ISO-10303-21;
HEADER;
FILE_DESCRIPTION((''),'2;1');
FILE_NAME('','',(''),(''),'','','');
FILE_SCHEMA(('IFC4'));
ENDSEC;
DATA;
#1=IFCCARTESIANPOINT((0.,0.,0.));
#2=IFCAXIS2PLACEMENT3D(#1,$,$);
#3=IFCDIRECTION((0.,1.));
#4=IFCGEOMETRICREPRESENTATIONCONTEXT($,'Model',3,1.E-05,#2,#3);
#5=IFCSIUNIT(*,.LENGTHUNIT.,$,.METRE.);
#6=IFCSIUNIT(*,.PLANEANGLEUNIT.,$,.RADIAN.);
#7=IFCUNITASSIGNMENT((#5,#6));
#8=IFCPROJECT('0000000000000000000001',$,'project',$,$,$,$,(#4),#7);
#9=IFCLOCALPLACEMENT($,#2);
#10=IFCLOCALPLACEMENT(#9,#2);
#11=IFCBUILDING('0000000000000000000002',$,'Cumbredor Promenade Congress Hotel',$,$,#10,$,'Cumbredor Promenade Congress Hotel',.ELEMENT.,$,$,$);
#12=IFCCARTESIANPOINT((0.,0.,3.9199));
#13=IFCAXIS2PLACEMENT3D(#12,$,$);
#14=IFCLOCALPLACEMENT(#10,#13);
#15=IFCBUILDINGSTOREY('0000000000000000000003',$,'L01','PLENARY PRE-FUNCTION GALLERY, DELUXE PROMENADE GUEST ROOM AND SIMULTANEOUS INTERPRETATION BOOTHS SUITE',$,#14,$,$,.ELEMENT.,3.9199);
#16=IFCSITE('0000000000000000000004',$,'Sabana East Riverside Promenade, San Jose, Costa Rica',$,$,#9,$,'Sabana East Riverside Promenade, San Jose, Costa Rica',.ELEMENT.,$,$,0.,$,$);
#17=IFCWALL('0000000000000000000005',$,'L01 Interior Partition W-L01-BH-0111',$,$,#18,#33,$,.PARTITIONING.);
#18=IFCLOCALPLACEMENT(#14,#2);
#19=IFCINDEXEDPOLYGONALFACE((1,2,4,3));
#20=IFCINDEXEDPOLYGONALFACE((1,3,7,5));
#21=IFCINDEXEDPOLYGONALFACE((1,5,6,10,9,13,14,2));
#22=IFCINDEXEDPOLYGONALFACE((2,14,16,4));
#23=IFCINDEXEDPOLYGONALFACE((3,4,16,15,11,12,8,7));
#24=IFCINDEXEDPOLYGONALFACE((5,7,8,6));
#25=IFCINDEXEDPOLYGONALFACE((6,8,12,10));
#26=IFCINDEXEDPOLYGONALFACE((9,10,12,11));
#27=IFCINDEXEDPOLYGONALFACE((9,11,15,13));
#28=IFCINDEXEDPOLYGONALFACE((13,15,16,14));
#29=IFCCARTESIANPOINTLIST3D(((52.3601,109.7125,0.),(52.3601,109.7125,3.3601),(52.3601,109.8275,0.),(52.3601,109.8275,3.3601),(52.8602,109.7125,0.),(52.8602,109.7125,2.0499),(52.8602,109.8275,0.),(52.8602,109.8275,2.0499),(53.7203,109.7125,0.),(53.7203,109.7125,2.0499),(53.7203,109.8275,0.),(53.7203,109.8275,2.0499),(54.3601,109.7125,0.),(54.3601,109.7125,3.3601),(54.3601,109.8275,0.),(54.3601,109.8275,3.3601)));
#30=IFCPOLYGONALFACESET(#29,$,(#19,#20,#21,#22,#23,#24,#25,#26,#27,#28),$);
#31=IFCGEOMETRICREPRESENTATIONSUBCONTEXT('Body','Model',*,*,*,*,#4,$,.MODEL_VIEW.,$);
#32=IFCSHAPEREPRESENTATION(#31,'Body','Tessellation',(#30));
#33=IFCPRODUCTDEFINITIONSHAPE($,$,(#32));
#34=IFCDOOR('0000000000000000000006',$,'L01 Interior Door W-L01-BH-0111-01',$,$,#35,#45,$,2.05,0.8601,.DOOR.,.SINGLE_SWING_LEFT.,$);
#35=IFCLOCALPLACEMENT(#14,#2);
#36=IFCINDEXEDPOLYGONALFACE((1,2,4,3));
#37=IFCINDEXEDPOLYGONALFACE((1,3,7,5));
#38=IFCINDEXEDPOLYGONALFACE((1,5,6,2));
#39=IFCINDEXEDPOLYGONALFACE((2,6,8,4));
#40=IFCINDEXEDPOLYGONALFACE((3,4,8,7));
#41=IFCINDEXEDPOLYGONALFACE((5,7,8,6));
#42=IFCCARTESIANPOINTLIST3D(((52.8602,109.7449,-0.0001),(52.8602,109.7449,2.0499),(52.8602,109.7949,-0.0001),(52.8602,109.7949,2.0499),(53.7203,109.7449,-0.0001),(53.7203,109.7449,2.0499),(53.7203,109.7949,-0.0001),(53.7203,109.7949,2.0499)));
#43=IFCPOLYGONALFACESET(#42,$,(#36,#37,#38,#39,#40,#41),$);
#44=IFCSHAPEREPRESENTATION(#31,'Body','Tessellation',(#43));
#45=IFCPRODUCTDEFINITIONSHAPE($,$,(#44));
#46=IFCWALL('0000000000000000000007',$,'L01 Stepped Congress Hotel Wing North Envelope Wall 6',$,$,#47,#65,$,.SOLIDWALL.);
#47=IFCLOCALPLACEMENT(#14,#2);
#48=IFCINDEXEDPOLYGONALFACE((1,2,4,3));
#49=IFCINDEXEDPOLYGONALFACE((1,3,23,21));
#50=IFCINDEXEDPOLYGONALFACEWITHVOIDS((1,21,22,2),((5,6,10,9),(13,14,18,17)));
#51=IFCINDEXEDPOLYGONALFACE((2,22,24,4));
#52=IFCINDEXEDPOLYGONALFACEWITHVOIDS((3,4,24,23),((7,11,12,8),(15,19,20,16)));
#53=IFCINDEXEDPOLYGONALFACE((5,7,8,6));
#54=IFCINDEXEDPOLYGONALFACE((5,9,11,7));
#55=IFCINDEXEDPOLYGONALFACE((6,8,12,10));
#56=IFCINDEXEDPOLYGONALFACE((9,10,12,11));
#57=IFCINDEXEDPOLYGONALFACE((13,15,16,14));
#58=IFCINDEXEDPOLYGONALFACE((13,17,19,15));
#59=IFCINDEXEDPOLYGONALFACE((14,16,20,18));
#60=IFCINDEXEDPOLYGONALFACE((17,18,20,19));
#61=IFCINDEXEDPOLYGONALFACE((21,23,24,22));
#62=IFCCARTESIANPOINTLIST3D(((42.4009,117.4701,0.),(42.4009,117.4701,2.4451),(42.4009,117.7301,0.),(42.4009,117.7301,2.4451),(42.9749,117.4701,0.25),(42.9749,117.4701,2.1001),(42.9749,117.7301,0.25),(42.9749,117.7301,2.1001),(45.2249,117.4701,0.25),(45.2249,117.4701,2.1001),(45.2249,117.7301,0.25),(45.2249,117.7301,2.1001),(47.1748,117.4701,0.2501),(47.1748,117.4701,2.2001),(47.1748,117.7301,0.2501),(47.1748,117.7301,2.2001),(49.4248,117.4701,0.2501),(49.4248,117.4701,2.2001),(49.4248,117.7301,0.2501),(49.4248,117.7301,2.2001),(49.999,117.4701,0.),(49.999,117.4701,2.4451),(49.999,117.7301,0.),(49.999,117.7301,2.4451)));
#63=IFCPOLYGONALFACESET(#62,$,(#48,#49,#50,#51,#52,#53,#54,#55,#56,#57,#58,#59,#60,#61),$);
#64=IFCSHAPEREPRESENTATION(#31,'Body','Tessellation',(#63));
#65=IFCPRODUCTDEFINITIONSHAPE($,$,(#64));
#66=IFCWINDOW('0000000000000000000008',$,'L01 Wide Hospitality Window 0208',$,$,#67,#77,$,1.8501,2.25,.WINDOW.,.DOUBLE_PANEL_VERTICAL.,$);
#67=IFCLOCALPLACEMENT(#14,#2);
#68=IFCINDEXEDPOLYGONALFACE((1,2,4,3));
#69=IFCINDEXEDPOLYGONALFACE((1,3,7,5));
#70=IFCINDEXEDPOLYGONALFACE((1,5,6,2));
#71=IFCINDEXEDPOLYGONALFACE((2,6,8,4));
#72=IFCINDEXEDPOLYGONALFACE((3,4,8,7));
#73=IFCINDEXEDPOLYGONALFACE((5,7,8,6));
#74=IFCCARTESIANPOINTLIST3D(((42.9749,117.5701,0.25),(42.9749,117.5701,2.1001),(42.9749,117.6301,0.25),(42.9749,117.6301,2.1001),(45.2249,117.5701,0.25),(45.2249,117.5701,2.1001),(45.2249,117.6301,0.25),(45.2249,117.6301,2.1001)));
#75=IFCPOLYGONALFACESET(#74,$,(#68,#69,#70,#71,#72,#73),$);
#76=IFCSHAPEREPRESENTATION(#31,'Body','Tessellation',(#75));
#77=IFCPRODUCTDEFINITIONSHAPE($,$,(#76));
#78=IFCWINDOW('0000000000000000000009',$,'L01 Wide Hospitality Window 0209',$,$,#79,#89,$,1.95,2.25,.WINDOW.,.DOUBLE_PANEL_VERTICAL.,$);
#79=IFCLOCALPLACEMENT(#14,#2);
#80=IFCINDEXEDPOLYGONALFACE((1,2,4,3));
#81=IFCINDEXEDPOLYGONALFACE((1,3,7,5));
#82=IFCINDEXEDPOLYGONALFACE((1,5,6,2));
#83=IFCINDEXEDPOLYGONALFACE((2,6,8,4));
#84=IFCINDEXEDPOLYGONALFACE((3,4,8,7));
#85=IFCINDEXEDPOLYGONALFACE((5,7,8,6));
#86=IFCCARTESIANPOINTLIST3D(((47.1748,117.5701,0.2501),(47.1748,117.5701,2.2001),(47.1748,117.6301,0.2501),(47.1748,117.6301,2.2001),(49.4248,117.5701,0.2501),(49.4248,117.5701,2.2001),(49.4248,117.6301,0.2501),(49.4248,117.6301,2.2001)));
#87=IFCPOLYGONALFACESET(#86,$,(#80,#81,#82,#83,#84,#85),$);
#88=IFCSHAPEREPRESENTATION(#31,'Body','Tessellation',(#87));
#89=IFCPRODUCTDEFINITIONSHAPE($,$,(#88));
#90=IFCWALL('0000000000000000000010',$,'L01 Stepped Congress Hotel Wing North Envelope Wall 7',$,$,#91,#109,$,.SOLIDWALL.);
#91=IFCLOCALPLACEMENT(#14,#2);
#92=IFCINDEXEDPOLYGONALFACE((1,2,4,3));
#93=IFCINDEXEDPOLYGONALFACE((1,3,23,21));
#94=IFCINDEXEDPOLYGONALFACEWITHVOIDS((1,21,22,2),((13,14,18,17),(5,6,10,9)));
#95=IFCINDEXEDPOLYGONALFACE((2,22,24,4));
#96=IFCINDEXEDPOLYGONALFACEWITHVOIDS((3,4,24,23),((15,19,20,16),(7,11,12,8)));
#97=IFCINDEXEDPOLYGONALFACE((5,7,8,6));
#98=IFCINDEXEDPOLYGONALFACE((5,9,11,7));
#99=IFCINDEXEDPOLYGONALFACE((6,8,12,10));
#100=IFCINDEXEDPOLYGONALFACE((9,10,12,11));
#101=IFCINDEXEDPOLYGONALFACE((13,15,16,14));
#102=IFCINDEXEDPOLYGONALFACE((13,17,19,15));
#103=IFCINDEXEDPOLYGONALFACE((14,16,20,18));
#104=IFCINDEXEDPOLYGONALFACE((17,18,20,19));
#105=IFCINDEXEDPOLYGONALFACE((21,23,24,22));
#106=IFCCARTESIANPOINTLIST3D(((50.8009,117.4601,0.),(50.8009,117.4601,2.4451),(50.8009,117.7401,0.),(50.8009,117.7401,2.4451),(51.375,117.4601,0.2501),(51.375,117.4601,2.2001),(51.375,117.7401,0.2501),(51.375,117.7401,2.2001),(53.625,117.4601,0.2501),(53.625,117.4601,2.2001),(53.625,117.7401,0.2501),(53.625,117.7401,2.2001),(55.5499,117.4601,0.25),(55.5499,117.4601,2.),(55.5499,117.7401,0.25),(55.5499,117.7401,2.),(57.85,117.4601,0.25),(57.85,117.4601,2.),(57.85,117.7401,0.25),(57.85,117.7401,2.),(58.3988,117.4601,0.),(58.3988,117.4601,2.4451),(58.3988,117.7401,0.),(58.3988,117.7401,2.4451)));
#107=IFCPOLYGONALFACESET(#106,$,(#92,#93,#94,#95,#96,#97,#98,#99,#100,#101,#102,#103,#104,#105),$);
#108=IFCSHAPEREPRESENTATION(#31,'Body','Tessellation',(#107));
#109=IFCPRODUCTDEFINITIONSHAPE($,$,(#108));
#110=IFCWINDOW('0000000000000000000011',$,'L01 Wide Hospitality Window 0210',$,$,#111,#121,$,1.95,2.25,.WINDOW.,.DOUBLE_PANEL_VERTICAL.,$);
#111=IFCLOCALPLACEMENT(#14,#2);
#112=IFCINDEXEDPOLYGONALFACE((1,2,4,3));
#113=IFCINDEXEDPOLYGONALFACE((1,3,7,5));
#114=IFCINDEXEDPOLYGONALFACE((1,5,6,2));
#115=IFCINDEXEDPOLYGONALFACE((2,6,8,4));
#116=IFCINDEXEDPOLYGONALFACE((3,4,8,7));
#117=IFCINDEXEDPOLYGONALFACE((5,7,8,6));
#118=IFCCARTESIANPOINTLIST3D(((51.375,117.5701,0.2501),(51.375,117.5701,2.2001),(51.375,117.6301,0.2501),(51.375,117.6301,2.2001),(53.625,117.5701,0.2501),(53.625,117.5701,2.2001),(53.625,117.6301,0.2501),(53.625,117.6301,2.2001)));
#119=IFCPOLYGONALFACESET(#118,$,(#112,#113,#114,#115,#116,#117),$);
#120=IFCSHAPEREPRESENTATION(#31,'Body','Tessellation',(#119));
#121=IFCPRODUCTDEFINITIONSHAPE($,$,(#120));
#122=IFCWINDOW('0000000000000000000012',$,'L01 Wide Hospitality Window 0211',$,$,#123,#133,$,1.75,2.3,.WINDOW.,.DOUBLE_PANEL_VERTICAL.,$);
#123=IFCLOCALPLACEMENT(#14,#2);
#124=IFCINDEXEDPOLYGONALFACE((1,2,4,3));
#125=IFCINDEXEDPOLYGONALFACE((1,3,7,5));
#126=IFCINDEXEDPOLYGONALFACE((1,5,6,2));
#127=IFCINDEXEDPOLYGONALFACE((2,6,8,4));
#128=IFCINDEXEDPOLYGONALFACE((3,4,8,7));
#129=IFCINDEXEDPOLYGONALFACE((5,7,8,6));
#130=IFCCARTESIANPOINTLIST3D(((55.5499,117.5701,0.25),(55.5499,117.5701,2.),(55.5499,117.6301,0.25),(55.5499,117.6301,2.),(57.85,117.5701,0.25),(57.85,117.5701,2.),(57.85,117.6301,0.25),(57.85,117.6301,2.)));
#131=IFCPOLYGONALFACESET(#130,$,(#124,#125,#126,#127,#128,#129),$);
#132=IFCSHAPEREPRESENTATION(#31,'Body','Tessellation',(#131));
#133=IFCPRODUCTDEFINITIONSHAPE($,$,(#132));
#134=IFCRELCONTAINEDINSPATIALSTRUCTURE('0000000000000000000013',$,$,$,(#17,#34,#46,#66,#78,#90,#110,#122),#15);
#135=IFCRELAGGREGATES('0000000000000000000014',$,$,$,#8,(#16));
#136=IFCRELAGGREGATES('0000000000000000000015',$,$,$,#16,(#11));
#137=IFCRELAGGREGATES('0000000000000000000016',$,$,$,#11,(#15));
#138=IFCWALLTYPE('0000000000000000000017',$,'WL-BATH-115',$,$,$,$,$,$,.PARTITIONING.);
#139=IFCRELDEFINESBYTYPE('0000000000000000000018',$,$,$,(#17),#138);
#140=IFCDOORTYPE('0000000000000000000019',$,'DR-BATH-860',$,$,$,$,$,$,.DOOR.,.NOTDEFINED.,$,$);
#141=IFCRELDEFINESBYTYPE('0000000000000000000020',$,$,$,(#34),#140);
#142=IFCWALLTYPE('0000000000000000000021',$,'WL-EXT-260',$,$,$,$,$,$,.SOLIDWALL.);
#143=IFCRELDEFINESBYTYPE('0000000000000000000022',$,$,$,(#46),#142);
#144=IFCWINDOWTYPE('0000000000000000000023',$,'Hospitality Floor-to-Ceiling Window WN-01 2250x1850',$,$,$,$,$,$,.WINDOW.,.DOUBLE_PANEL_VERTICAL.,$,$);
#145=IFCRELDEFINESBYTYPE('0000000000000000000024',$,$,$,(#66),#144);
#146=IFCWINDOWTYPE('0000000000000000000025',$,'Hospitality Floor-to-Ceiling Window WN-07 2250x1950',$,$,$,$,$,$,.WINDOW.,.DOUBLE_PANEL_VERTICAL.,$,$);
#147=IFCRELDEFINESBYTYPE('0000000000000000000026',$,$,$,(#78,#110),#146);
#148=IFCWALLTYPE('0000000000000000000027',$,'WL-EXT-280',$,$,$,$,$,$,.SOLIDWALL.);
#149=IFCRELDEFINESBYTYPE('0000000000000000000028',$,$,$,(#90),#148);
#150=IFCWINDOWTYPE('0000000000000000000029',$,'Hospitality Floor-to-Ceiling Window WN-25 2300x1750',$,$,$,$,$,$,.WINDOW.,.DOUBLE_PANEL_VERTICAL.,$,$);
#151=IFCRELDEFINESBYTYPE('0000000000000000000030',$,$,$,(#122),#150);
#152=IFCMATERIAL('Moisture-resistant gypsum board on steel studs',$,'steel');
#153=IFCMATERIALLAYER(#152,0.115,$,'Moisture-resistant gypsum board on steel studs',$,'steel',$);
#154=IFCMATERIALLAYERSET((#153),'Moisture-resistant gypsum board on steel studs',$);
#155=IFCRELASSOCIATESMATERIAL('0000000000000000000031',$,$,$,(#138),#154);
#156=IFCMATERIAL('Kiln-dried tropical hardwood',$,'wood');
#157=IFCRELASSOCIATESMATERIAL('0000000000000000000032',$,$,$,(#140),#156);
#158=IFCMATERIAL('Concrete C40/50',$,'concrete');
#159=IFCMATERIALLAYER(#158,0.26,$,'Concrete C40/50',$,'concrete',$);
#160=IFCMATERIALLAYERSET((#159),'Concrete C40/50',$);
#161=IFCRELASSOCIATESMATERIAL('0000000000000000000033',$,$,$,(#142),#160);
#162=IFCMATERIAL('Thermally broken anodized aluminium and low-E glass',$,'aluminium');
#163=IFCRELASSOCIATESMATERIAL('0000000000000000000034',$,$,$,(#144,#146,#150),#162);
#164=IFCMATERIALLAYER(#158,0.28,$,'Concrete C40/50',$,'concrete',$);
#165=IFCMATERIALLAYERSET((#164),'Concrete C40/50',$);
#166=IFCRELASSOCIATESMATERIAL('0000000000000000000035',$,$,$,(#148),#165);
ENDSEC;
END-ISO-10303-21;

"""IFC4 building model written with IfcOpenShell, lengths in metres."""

from ifc_helpers import new_model, si_unit, direction, frame, frame_2d, origin, place, context, subcontext, project, spatial, rectangle, extrude, material, layer, layer_set, type_object, element, fill, save


model = new_model("IFC4")

# Units and contexts
model_context = context("Model", 3, precision=1e-05, world=origin(), true_north=direction((0.0, 1.0)))
body_context = subcontext(model_context, "Body", "Model", "MODEL_VIEW")
ifc_project = project(units=[si_unit("LENGTHUNIT", "METRE"), si_unit("PLANEANGLEUNIT", "RADIAN")], contexts=[model_context])

# Site, building, storey
site_placement = place(None, origin())
site = spatial("IfcSite", under=ifc_project, at=site_placement, Name="Sabana East Riverside Promenade, San Jose, Costa Rica", LongName="Sabana East Riverside Promenade, San Jose, Costa Rica", CompositionType="ELEMENT", RefElevation=0.0)
building_placement = place(site_placement, origin())
building = spatial("IfcBuilding", under=site, at=building_placement, Name="Cumbredor Promenade Congress Hotel", LongName="Cumbredor Promenade Congress Hotel", CompositionType="ELEMENT")
storey_placement = place(building_placement, frame((0.0, 0.0, 3.9199)))
storey = spatial("IfcBuildingStorey", under=building, at=storey_placement, Name="L01", Description="PLENARY PRE-FUNCTION GALLERY, DELUXE PROMENADE GUEST ROOM AND SIMULTANEOUS INTERPRETATION BOOTHS SUITE", CompositionType="ELEMENT", Elevation=3.9199)

# Shared definitions
ifc_material_1 = material(Name="Concrete C40/50", Category="concrete")

# Shared definitions
ifc_material_2 = material(Name="Thermally broken anodized aluminium and low-E glass", Category="aluminium")

# Shared definitions
ifc_material_3 = material(Name="Kiln-dried tropical hardwood", Category="wood")

# Wall, opening, door
ifc_material_4 = material(Name="Moisture-resistant gypsum board on steel studs", Category="steel")
ifc_layer_1 = layer(ifc_material_4, 0.115, Name="Moisture-resistant gypsum board on steel studs", Category="steel")
ifc_layer_set_1 = layer_set([ifc_layer_1], Name="Moisture-resistant gypsum board on steel studs")
wall_type_1 = type_object("IfcWallType", Name="WL-BATH-115", PredefinedType="PARTITIONING", material=ifc_layer_set_1)
door_type = type_object("IfcDoorType", Name="DR-BATH-860", OperationType="NOTDEFINED", PredefinedType="DOOR", material=ifc_material_3)
wall_1_placement = place(storey_placement, frame((52.3601, 109.77, 0.0), z_axis=(0.0, 0.0, 1.0), x_axis=(1.0, 0.0, 0.0)))
wall_1 = element("IfcWall", 1, at=wall_1_placement, inside=storey, type_object=wall_type_1, Name="L01 Interior Partition W-L01-BH-0111", PredefinedType="PARTITIONING", context=body_context, shape_type="SweptSolid", body=[
    extrude(rectangle(XDim=2.0, YDim=0.115, at=frame_2d((1.0, 0.0))), origin(), (0.0, 0.0, 1.0), 3.3601),
])
opening_1_placement = place(wall_1_placement, frame((0.5, 0.0, 0.0)))
opening_1 = element("IfcOpeningElement", 2, at=opening_1_placement, cuts=wall_1, PredefinedType="OPENING", context=body_context, shape_type="SweptSolid", body=[
    extrude(rectangle(XDim=0.8601, YDim=2.05, at=frame_2d((0.4302, 1.0249))), frame((0.0, 0.0674, 0.0), z_axis=(0.0, -1.0, 0.0), x_axis=(1.0, 0.0, 0.0)), (0.0, 0.0, 1.0), 0.135),
])
door_1_placement = place(opening_1_placement, origin())
door_1 = element("IfcDoor", 3, at=door_1_placement, inside=storey, type_object=door_type, Name="L01 Interior Door W-L01-BH-0111-01", OperationType="SINGLE_SWING_LEFT", OverallHeight=2.05, OverallWidth=0.8601, PredefinedType="DOOR", context=body_context, shape_type="SweptSolid", body=[
    extrude(rectangle(XDim=0.8601, YDim=2.05, at=frame_2d((0.4302, 1.0249))), frame((0.0, 0.0249, 0.0), z_axis=(0.0, -1.0, 0.0), x_axis=(1.0, 0.0, 0.0)), (0.0, 0.0, 1.0), 0.05),
])
fill(opening_1, door_1)

# Walls, openings, windows
ifc_layer_2 = layer(ifc_material_1, 0.26, Name="Concrete C40/50", Category="concrete")
ifc_layer_set_2 = layer_set([ifc_layer_2], Name="Concrete C40/50")
wall_type_2 = type_object("IfcWallType", Name="WL-EXT-260", PredefinedType="SOLIDWALL", material=ifc_layer_set_2)
wall_2_placement = place(storey_placement, frame((42.4009, 117.6001, 0.0), z_axis=(0.0, 0.0, 1.0), x_axis=(1.0, 0.0, 0.0)))
wall_2 = element("IfcWall", 4, at=wall_2_placement, inside=storey, type_object=wall_type_2, Name="L01 Stepped Congress Hotel Wing North Envelope Wall 6", PredefinedType="SOLIDWALL", context=body_context, shape_type="SweptSolid", body=[
    extrude(rectangle(XDim=7.5981, YDim=0.26, at=frame_2d((3.7991, 0.0))), origin(), (0.0, 0.0, 1.0), 2.4451),
])
opening_2_placement = place(wall_2_placement, frame((0.574, 0.0, 0.25)))
opening_2 = element("IfcOpeningElement", 5, at=opening_2_placement, cuts=wall_2, PredefinedType="OPENING", context=body_context, shape_type="SweptSolid", body=[
    extrude(rectangle(XDim=2.25, YDim=1.8501, at=frame_2d((1.125, 0.925))), frame((0.0, 0.1401, 0.0), z_axis=(0.0, -1.0, 0.0), x_axis=(1.0, 0.0, 0.0)), (0.0, 0.0, 1.0), 0.28),
])
opening_3_placement = place(wall_2_placement, frame((4.7739, 0.0, 0.25)))
opening_3 = element("IfcOpeningElement", 6, at=opening_3_placement, cuts=wall_2, PredefinedType="OPENING", context=body_context, shape_type="SweptSolid", body=[
    extrude(rectangle(XDim=2.25, YDim=1.95, at=frame_2d((1.125, 0.9751))), frame((0.0, 0.1401, 0.0), z_axis=(0.0, -1.0, 0.0), x_axis=(1.0, 0.0, 0.0)), (0.0, 0.0, 1.0), 0.28),
])
window_type_1 = type_object("IfcWindowType", Name="Hospitality Floor-to-Ceiling Window WN-01 2250x1850", PartitioningType="DOUBLE_PANEL_VERTICAL", PredefinedType="WINDOW", material=ifc_material_2)
window_1_placement = place(opening_2_placement, origin())
window_1 = element("IfcWindow", 7, at=window_1_placement, inside=storey, type_object=window_type_1, Name="L01 Wide Hospitality Window 0208", OverallHeight=1.8501, OverallWidth=2.25, PartitioningType="DOUBLE_PANEL_VERTICAL", PredefinedType="WINDOW", context=body_context, shape_type="SweptSolid", body=[
    extrude(rectangle(XDim=2.25, YDim=1.8501, at=frame_2d((1.125, 0.925))), frame((0.0, 0.03, 0.0), z_axis=(0.0, -1.0, 0.0), x_axis=(1.0, 0.0, 0.0)), (0.0, 0.0, 1.0), 0.0601),
])
fill(opening_2, window_1)
window_type_2 = type_object("IfcWindowType", Name="Hospitality Floor-to-Ceiling Window WN-07 2250x1950", PartitioningType="DOUBLE_PANEL_VERTICAL", PredefinedType="WINDOW", material=ifc_material_2)
window_2_placement = place(opening_3_placement, origin())
window_2 = element("IfcWindow", 8, at=window_2_placement, inside=storey, type_object=window_type_2, Name="L01 Wide Hospitality Window 0209", OverallHeight=1.95, OverallWidth=2.25, PartitioningType="DOUBLE_PANEL_VERTICAL", PredefinedType="WINDOW", context=body_context, shape_type="SweptSolid", body=[
    extrude(rectangle(XDim=2.25, YDim=1.95, at=frame_2d((1.125, 0.9751))), frame((0.0, 0.03, 0.0), z_axis=(0.0, -1.0, 0.0), x_axis=(1.0, 0.0, 0.0)), (0.0, 0.0, 1.0), 0.0601),
])
fill(opening_3, window_2)
ifc_layer_3 = layer(ifc_material_1, 0.28, Name="Concrete C40/50", Category="concrete")
ifc_layer_set_3 = layer_set([ifc_layer_3], Name="Concrete C40/50")
wall_type_3 = type_object("IfcWallType", Name="WL-EXT-280", PredefinedType="SOLIDWALL", material=ifc_layer_set_3)
wall_3_placement = place(storey_placement, frame((50.801, 117.6001, 0.0), z_axis=(0.0, 0.0, 1.0), x_axis=(1.0, 0.0, 0.0)))
wall_3 = element("IfcWall", 9, at=wall_3_placement, inside=storey, type_object=wall_type_3, Name="L01 Stepped Congress Hotel Wing North Envelope Wall 7", PredefinedType="SOLIDWALL", context=body_context, shape_type="SweptSolid", body=[
    extrude(rectangle(XDim=7.5979, YDim=0.28, at=frame_2d((3.7988, 0.0))), origin(), (0.0, 0.0, 1.0), 2.4451),
])
opening_4_placement = place(wall_3_placement, frame((0.574, 0.0, 0.25)))
opening_4 = element("IfcOpeningElement", 10, at=opening_4_placement, cuts=wall_3, PredefinedType="OPENING", context=body_context, shape_type="SweptSolid", body=[
    extrude(rectangle(XDim=2.25, YDim=1.95, at=frame_2d((1.125, 0.9751))), frame((0.0, 0.1499, 0.0), z_axis=(0.0, -1.0, 0.0), x_axis=(1.0, 0.0, 0.0)), (0.0, 0.0, 1.0), 0.3),
])
opening_5_placement = place(wall_3_placement, frame((4.749, 0.0, 0.25)))
opening_5 = element("IfcOpeningElement", 11, at=opening_5_placement, cuts=wall_3, PredefinedType="OPENING", context=body_context, shape_type="SweptSolid", body=[
    extrude(rectangle(XDim=2.3, YDim=1.75, at=frame_2d((1.1499, 0.875))), frame((0.0, 0.1499, 0.0), z_axis=(0.0, -1.0, 0.0), x_axis=(1.0, 0.0, 0.0)), (0.0, 0.0, 1.0), 0.3),
])
window_3_placement = place(opening_4_placement, origin())
window_3 = element("IfcWindow", 12, at=window_3_placement, inside=storey, type_object=window_type_2, Name="L01 Wide Hospitality Window 0210", OverallHeight=1.95, OverallWidth=2.25, PartitioningType="DOUBLE_PANEL_VERTICAL", PredefinedType="WINDOW", context=body_context, shape_type="SweptSolid", body=[
    extrude(rectangle(XDim=2.25, YDim=1.95, at=frame_2d((1.125, 0.9751))), frame((0.0, 0.03, 0.0), z_axis=(0.0, -1.0, 0.0), x_axis=(1.0, 0.0, 0.0)), (0.0, 0.0, 1.0), 0.0601),
])
fill(opening_4, window_3)
window_type_3 = type_object("IfcWindowType", Name="Hospitality Floor-to-Ceiling Window WN-25 2300x1750", PartitioningType="DOUBLE_PANEL_VERTICAL", PredefinedType="WINDOW", material=ifc_material_2)
window_4_placement = place(opening_5_placement, origin())
window_4 = element("IfcWindow", 13, at=window_4_placement, inside=storey, type_object=window_type_3, Name="L01 Wide Hospitality Window 0211", OverallHeight=1.75, OverallWidth=2.3, PartitioningType="DOUBLE_PANEL_VERTICAL", PredefinedType="WINDOW", context=body_context, shape_type="SweptSolid", body=[
    extrude(rectangle(XDim=2.3, YDim=1.75, at=frame_2d((1.1499, 0.875))), frame((0.0, 0.03, 0.0), z_axis=(0.0, -1.0, 0.0), x_axis=(1.0, 0.0, 0.0)), (0.0, 0.0, 1.0), 0.0601),
])
fill(opening_5, window_4)

save(model, "model.ifc")
